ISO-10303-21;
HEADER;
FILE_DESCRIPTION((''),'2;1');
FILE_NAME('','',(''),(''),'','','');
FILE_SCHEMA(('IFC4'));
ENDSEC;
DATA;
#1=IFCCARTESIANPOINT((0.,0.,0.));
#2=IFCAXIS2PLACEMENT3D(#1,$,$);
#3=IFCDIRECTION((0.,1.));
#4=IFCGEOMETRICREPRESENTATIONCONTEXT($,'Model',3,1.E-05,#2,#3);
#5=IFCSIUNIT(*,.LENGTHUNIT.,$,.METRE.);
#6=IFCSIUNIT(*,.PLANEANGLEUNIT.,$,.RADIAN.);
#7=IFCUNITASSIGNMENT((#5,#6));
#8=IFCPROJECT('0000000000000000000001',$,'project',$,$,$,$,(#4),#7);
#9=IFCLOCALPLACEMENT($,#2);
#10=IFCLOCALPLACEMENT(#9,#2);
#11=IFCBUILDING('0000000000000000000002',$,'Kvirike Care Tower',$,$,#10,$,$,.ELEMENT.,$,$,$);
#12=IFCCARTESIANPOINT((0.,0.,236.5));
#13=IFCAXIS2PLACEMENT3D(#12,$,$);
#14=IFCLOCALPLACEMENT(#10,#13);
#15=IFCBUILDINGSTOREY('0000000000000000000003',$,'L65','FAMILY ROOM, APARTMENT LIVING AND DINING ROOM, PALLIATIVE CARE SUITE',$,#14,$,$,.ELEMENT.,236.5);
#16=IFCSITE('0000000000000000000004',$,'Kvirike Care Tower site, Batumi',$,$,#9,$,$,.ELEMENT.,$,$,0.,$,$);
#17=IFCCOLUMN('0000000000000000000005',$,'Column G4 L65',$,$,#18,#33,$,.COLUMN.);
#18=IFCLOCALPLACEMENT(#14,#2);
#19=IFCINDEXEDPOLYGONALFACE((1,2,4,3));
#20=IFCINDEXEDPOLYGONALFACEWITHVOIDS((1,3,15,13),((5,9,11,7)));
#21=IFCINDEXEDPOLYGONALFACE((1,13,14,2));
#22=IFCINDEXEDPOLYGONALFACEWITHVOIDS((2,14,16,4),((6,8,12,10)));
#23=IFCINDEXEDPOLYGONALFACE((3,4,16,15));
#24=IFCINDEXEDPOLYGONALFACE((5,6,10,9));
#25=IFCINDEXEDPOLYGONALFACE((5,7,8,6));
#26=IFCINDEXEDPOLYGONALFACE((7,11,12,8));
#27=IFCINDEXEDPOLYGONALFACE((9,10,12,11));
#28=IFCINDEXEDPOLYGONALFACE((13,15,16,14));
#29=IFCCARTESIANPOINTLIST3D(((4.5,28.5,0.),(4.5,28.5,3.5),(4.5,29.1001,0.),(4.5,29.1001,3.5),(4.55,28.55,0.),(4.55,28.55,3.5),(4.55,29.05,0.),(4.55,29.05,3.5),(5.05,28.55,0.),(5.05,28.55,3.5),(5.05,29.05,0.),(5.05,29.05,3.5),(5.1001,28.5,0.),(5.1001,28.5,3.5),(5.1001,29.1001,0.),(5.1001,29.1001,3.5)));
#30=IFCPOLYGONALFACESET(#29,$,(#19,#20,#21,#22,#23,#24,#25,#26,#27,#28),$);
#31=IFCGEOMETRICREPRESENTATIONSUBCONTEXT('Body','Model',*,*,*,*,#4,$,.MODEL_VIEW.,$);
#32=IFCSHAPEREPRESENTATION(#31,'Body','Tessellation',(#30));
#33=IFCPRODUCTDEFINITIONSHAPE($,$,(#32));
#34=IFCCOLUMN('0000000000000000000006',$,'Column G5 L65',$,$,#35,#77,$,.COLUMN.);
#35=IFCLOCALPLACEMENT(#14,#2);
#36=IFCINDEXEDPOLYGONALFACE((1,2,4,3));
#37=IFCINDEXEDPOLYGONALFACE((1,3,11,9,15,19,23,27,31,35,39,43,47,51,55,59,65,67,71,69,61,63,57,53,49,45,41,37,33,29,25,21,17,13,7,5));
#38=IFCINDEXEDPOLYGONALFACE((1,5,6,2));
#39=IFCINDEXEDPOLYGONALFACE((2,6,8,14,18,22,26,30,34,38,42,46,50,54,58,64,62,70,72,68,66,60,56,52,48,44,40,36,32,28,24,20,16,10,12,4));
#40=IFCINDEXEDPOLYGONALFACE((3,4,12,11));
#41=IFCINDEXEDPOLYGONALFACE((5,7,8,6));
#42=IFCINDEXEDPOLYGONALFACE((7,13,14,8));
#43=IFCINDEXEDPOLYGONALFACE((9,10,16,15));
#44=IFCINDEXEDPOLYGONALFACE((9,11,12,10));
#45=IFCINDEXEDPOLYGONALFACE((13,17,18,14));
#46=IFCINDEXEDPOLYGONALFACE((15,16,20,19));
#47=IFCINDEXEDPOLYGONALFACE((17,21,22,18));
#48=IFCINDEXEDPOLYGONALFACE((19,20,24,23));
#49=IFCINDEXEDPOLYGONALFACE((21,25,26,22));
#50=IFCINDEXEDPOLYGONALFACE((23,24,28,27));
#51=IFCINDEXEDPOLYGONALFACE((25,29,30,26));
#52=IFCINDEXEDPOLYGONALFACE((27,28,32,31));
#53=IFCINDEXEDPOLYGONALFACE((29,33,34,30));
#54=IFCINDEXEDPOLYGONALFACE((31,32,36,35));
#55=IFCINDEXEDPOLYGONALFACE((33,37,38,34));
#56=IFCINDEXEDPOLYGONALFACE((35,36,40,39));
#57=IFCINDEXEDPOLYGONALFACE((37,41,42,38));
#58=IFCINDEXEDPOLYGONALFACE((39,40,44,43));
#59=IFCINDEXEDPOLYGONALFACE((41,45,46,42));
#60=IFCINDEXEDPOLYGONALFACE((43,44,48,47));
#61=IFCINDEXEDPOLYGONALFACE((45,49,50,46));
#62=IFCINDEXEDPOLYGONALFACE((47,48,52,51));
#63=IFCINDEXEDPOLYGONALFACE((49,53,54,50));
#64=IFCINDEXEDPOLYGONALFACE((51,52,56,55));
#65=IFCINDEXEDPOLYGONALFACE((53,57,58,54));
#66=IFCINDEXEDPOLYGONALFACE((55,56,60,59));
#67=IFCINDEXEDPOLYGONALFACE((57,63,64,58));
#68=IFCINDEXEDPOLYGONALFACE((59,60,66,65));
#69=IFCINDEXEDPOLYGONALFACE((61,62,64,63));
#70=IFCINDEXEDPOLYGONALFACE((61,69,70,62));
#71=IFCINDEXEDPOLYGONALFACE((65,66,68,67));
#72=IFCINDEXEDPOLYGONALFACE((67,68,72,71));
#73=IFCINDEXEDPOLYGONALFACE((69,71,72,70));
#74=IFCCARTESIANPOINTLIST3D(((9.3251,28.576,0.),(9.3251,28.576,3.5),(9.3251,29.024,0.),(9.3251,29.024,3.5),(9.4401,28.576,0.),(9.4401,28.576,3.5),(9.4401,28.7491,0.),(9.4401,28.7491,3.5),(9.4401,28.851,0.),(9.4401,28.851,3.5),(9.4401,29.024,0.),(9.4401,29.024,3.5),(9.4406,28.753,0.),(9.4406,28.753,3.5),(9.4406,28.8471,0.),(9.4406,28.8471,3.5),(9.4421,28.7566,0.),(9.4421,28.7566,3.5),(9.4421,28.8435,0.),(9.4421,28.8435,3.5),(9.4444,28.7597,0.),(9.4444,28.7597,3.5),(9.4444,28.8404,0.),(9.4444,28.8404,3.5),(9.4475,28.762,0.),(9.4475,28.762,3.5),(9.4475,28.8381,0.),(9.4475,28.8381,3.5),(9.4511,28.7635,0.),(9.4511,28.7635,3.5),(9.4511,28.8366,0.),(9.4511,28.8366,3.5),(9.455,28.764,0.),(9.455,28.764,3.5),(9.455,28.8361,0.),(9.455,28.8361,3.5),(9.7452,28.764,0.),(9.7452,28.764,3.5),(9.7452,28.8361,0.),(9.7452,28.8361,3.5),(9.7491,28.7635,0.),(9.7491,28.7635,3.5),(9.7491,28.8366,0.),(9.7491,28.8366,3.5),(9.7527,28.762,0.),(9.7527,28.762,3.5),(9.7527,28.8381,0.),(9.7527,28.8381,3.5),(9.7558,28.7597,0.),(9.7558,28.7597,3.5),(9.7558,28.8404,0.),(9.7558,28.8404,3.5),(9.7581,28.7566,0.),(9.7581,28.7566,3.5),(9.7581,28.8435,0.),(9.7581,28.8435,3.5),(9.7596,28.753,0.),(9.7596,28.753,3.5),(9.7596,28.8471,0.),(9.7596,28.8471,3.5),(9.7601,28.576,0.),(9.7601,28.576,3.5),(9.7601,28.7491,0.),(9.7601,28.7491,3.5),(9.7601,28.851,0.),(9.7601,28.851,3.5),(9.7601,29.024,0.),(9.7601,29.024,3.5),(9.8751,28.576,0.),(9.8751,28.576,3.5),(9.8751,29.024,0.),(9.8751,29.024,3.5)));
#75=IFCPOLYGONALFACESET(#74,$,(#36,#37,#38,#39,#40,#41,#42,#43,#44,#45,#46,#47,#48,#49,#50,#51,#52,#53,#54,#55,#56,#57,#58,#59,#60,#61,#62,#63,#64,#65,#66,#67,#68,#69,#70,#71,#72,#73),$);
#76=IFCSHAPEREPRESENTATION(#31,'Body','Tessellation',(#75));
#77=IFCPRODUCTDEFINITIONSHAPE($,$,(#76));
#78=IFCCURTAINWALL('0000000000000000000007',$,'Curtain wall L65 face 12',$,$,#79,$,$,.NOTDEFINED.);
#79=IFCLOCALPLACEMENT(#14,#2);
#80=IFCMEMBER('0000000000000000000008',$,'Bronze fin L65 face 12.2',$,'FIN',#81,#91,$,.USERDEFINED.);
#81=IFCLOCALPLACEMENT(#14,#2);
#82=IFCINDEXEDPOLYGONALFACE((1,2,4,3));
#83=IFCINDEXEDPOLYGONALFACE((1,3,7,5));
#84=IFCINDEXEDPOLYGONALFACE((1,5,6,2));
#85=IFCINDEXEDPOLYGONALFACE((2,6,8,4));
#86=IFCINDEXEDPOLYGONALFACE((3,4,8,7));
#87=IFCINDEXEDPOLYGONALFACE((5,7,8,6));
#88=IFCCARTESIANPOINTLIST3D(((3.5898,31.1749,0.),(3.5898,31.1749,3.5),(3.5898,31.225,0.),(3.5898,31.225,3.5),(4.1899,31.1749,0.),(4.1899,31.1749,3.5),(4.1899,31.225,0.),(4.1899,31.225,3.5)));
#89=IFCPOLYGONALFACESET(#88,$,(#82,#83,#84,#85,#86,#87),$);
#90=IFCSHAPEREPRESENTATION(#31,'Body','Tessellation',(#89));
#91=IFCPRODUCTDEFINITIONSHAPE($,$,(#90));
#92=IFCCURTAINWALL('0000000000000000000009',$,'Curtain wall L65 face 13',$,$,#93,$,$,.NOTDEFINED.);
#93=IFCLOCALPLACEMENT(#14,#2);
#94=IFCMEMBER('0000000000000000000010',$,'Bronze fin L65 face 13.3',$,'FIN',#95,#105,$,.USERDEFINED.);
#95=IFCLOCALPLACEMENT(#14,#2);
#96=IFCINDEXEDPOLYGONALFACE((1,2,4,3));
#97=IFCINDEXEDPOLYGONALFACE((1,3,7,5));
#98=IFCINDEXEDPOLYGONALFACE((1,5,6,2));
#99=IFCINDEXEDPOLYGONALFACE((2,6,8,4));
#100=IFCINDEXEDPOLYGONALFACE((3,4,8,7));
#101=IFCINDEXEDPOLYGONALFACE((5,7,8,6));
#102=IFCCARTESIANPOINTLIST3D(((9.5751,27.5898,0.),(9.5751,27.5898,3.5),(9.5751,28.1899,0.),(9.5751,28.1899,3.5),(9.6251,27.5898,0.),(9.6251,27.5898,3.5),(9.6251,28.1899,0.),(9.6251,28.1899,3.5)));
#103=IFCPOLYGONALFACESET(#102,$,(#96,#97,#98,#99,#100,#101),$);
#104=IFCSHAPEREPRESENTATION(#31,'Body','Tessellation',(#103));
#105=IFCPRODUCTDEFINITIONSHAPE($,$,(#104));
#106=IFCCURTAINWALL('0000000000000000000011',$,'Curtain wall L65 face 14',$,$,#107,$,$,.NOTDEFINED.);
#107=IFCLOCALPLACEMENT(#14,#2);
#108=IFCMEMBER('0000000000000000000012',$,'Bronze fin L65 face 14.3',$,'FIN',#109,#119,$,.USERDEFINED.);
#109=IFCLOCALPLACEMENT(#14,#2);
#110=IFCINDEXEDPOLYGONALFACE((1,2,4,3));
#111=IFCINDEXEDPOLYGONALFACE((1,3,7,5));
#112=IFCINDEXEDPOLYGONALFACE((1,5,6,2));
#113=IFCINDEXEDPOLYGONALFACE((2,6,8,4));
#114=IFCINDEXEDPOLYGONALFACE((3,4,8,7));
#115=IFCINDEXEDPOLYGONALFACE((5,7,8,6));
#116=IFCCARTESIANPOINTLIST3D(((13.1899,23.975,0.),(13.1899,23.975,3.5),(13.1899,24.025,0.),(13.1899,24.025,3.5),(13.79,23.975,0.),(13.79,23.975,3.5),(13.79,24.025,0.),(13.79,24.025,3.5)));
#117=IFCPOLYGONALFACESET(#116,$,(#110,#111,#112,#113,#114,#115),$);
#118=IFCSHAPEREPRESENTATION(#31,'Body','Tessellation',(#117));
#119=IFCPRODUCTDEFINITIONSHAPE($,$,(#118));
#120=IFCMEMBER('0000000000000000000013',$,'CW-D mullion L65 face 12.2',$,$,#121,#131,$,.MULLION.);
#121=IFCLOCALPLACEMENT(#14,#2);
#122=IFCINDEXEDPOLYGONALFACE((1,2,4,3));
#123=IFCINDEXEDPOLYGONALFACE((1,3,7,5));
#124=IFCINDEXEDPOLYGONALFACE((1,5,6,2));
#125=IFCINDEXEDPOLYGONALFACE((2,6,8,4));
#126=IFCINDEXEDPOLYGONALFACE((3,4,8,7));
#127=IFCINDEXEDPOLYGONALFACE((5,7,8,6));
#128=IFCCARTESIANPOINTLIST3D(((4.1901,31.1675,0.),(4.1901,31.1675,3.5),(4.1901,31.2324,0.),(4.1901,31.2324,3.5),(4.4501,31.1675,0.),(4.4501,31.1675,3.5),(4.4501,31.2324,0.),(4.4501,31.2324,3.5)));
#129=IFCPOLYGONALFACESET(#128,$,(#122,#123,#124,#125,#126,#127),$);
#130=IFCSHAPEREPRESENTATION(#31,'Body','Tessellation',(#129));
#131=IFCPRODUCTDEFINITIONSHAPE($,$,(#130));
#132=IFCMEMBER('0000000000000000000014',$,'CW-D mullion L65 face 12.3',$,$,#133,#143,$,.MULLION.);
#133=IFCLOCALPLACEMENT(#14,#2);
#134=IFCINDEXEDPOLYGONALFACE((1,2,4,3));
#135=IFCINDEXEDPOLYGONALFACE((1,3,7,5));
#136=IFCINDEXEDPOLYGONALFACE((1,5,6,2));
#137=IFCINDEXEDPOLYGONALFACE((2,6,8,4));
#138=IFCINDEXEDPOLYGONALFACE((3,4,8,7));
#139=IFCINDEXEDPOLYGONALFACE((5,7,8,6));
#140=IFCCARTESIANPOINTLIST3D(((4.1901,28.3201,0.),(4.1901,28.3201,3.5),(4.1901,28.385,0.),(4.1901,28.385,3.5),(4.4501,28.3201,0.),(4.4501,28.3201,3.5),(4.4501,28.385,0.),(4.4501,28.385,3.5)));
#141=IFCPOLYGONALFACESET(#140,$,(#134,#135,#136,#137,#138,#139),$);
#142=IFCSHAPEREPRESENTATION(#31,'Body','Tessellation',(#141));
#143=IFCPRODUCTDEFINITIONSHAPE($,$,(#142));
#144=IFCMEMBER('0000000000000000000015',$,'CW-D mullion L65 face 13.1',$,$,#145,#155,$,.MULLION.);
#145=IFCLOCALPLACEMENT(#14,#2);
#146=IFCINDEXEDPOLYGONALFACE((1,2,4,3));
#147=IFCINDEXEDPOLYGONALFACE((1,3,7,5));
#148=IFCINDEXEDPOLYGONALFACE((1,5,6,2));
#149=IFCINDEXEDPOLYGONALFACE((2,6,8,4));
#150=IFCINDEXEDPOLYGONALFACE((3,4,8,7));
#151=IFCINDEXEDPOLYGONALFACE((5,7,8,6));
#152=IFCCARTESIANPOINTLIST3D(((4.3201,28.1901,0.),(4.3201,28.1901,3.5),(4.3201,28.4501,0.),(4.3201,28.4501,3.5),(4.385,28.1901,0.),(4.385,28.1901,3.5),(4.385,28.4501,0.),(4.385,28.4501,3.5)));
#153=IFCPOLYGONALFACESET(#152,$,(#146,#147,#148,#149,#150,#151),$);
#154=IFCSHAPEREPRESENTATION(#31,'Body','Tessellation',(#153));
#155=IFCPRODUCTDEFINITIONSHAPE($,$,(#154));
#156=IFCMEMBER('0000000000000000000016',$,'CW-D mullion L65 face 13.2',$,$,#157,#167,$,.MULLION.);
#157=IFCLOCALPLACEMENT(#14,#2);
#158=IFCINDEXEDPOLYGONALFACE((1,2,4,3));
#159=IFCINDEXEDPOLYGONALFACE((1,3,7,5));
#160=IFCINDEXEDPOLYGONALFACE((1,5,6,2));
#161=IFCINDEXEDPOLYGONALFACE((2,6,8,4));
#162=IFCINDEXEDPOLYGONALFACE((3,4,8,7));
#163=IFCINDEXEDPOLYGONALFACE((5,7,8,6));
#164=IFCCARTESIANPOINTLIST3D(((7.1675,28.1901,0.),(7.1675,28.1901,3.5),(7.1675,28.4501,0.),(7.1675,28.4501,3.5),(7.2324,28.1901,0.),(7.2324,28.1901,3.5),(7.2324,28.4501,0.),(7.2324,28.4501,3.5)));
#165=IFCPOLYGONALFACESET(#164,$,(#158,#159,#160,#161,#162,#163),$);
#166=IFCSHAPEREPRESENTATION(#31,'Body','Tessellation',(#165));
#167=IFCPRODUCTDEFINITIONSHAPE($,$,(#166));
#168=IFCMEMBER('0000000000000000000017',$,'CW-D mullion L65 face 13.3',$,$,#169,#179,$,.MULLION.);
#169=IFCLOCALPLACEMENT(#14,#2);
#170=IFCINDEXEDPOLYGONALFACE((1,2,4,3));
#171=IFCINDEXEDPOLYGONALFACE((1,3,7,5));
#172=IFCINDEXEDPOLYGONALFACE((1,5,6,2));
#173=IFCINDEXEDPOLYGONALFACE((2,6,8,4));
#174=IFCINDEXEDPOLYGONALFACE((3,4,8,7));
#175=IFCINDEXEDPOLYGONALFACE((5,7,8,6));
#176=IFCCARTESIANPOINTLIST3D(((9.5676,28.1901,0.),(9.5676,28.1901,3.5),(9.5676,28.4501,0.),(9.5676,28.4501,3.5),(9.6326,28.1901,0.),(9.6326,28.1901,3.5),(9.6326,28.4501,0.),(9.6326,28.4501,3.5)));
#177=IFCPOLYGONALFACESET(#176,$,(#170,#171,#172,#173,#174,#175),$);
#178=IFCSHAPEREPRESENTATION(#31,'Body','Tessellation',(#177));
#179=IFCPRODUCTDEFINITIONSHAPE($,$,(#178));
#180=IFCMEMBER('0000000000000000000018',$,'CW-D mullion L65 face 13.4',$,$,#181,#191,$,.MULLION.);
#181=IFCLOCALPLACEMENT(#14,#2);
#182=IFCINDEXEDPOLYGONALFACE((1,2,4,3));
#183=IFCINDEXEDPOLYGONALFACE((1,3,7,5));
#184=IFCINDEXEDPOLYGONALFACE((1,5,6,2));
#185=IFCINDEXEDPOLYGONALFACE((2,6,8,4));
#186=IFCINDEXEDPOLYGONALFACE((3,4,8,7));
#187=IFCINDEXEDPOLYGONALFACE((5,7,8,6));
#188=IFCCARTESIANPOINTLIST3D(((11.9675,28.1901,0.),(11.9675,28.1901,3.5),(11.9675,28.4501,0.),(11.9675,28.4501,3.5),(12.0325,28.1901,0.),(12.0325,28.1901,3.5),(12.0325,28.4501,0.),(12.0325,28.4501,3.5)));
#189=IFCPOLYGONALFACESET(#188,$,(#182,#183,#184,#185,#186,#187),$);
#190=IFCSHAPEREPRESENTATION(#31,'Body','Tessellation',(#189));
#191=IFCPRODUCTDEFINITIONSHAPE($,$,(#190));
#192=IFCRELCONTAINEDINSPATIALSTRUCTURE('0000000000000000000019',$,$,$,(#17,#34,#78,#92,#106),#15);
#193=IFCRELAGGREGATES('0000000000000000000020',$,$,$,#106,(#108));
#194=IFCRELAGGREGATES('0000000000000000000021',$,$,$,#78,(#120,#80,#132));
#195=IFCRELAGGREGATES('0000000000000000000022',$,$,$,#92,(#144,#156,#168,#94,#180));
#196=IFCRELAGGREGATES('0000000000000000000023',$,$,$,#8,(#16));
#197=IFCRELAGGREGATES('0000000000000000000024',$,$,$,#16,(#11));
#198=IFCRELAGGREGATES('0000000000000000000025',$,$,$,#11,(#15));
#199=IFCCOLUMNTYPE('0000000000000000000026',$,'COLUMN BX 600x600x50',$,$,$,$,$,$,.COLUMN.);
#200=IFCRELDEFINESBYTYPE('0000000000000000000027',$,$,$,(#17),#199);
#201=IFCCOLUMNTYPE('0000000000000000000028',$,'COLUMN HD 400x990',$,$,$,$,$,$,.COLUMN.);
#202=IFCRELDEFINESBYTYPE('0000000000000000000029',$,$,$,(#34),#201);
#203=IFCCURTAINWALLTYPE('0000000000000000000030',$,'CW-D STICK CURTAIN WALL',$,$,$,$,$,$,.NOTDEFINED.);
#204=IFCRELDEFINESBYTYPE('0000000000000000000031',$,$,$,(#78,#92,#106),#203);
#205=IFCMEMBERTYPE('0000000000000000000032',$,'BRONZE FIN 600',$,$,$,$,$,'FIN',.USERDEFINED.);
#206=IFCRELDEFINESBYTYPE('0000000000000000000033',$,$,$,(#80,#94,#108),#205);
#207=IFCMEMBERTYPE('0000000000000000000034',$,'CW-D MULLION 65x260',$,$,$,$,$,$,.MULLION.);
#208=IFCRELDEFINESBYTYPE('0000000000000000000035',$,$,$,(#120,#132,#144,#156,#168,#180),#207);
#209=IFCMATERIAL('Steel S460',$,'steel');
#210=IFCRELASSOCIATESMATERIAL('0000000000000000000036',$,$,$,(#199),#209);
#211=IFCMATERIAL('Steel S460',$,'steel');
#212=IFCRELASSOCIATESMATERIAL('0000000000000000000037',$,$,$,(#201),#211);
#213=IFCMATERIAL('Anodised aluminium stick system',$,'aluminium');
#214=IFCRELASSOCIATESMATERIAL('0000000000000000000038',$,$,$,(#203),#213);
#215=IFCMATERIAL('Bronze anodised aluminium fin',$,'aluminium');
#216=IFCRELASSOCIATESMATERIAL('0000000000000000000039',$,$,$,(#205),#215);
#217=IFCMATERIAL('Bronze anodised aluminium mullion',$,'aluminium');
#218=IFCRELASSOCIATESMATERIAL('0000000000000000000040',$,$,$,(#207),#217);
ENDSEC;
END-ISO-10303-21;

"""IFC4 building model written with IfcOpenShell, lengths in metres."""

from ifc_helpers import new_model, si_unit, direction, frame, origin, origin_2d, place, context, subcontext, project, spatial, rectangle, hollow_rectangle, i_section, extrude, material, material_profile, profile_set, type_object, element, aggregate, save


model = new_model("IFC4")

# Units and contexts
model_context = context("Model", 3, precision=1e-05, world=origin(), true_north=direction((0.0, 1.0)))
body_context = subcontext(model_context, "Body", "Model", "MODEL_VIEW")
ifc_project = project(units=[si_unit("LENGTHUNIT", "METRE"), si_unit("PLANEANGLEUNIT", "RADIAN")], contexts=[model_context])

# Site, building, storey
site_placement = place(None, origin())
site = spatial("IfcSite", under=ifc_project, at=site_placement, Name="Kvirike Care Tower site, Batumi", CompositionType="ELEMENT", RefElevation=0.0)
building_placement = place(site_placement, origin())
building = spatial("IfcBuilding", under=site, at=building_placement, Name="Kvirike Care Tower", CompositionType="ELEMENT")
storey_placement = place(building_placement, frame((0.0, 0.0, 236.5)))
storey = spatial("IfcBuildingStorey", under=building, at=storey_placement, Name="L65", Description="FAMILY ROOM, APARTMENT LIVING AND DINING ROOM, PALLIATIVE CARE SUITE", CompositionType="ELEMENT", Elevation=236.5)

# Columns
ifc_material_1 = material(Name="Steel S460", Category="steel")
ifc_material_profile_1 = material_profile(ifc_material_1, hollow_rectangle(XDim=0.6001, YDim=0.6001, WallThickness=0.05, at=origin_2d()), Name="BX 600x600x50")
ifc_profile_set_1 = profile_set([ifc_material_profile_1], Name="Steel S460")
column_type_1 = type_object("IfcColumnType", Name="COLUMN BX 600x600x50", PredefinedType="COLUMN", material=ifc_profile_set_1)
column_1_placement = place(storey_placement, frame((4.8, 28.8, 0.0), z_axis=(0.0, 0.0, 1.0), x_axis=(0.0, 1.0, 0.0)))
element("IfcColumn", 1, at=column_1_placement, inside=storey, type_object=column_type_1, Name="Column G4 L65", PredefinedType="COLUMN", context=body_context, shape_type="SweptSolid", body=[
    extrude(hollow_rectangle(XDim=0.6001, YDim=0.6001, WallThickness=0.05, at=origin_2d()), origin(), (0.0, 0.0, 1.0), 3.5),
])
ifc_material_2 = material(Name="Steel S460", Category="steel")
ifc_material_profile_2 = material_profile(ifc_material_2, i_section(OverallWidth=0.448, OverallDepth=0.55, WebThickness=0.072, FlangeThickness=0.115, FilletRadius=0.0149, at=origin_2d()), Name="HD 400x990")
ifc_profile_set_2 = profile_set([ifc_material_profile_2], Name="Steel S460")
column_type_2 = type_object("IfcColumnType", Name="COLUMN HD 400x990", PredefinedType="COLUMN", material=ifc_profile_set_2)
column_2_placement = place(storey_placement, frame((9.6001, 28.8, 0.0), z_axis=(0.0, 0.0, 1.0), x_axis=(0.0, 1.0, 0.0)))
element("IfcColumn", 2, at=column_2_placement, inside=storey, type_object=column_type_2, Name="Column G5 L65", PredefinedType="COLUMN", context=body_context, shape_type="SweptSolid", body=[
    extrude(i_section(OverallWidth=0.448, OverallDepth=0.55, WebThickness=0.072, FlangeThickness=0.115, FilletRadius=0.0149, at=origin_2d()), origin(), (0.0, 0.0, 1.0), 3.5),
])

# Curtain walls, members
ifc_material_3 = material(Name="Anodised aluminium stick system", Category="aluminium")
curtain_wall_type = type_object("IfcCurtainWallType", Name="CW-D STICK CURTAIN WALL", PredefinedType="NOTDEFINED", material=ifc_material_3)
curtain_wall_1_placement = place(storey_placement, origin())
curtain_wall_1 = element("IfcCurtainWall", 3, at=curtain_wall_1_placement, inside=storey, type_object=curtain_wall_type, Name="Curtain wall L65 face 12", PredefinedType="NOTDEFINED")
ifc_material_4 = material(Name="Bronze anodised aluminium fin", Category="aluminium")
ifc_material_profile_3 = material_profile(ifc_material_4, rectangle(XDim=0.05, YDim=0.6001, at=origin_2d()), Name="BRONZE FIN 600")
ifc_profile_set_3 = profile_set([ifc_material_profile_3], Name="Bronze anodised aluminium fin")
member_type_1 = type_object("IfcMemberType", Name="BRONZE FIN 600", ElementType="FIN", PredefinedType="USERDEFINED", material=ifc_profile_set_3)
member_1_placement = place(storey_placement, frame((3.8899, 31.2, 0.0), z_axis=(0.0, 0.0, 1.0), x_axis=(0.0, -1.0, 0.0)))
member_1 = element("IfcMember", 4, at=member_1_placement, type_object=member_type_1, Name="Bronze fin L65 face 12.2", ObjectType="FIN", PredefinedType="USERDEFINED", context=body_context, shape_type="SweptSolid", body=[
    extrude(rectangle(XDim=0.05, YDim=0.6001, at=origin_2d()), origin(), (0.0, 0.0, 1.0), 3.5),
])
curtain_wall_2_placement = place(storey_placement, origin())
curtain_wall_2 = element("IfcCurtainWall", 5, at=curtain_wall_2_placement, inside=storey, type_object=curtain_wall_type, Name="Curtain wall L65 face 13", PredefinedType="NOTDEFINED")
member_2_placement = place(storey_placement, frame((9.6001, 27.8899, 0.0), z_axis=(0.0, 0.0, 1.0), x_axis=(1.0, 0.0, 0.0)))
member_2 = element("IfcMember", 6, at=member_2_placement, type_object=member_type_1, Name="Bronze fin L65 face 13.3", ObjectType="FIN", PredefinedType="USERDEFINED", context=body_context, shape_type="SweptSolid", body=[
    extrude(rectangle(XDim=0.05, YDim=0.6001, at=origin_2d()), origin(), (0.0, 0.0, 1.0), 3.5),
])
curtain_wall_3_placement = place(storey_placement, origin())
curtain_wall_3 = element("IfcCurtainWall", 7, at=curtain_wall_3_placement, inside=storey, type_object=curtain_wall_type, Name="Curtain wall L65 face 14", PredefinedType="NOTDEFINED")
member_3_placement = place(storey_placement, frame((13.49, 24.0, 0.0), z_axis=(0.0, 0.0, 1.0), x_axis=(0.0, -1.0, 0.0)))
member_3 = element("IfcMember", 8, at=member_3_placement, type_object=member_type_1, Name="Bronze fin L65 face 14.3", ObjectType="FIN", PredefinedType="USERDEFINED", context=body_context, shape_type="SweptSolid", body=[
    extrude(rectangle(XDim=0.05, YDim=0.6001, at=origin_2d()), origin(), (0.0, 0.0, 1.0), 3.5),
])
aggregate(curtain_wall_3, [member_3])

# Members
ifc_material_5 = material(Name="Bronze anodised aluminium mullion", Category="aluminium")
ifc_material_profile_4 = material_profile(ifc_material_5, rectangle(XDim=0.0649, YDim=0.26, at=origin_2d()), Name="CW-D MULLION 65x260")
ifc_profile_set_4 = profile_set([ifc_material_profile_4], Name="Bronze anodised aluminium mullion")
member_type_2 = type_object("IfcMemberType", Name="CW-D MULLION 65x260", PredefinedType="MULLION", material=ifc_profile_set_4)
member_4_placement = place(storey_placement, frame((4.3201, 31.2, 0.0), z_axis=(0.0, 0.0, 1.0), x_axis=(0.0, -1.0, 0.0)))
member_4 = element("IfcMember", 9, at=member_4_placement, type_object=member_type_2, Name="CW-D mullion L65 face 12.2", PredefinedType="MULLION", context=body_context, shape_type="SweptSolid", body=[
    extrude(rectangle(XDim=0.0649, YDim=0.26, at=origin_2d()), origin(), (0.0, 0.0, 1.0), 3.5),
])
member_5_placement = place(storey_placement, frame((4.3201, 28.3525, 0.0), z_axis=(0.0, 0.0, 1.0), x_axis=(0.0, -1.0, 0.0)))
member_5 = element("IfcMember", 10, at=member_5_placement, type_object=member_type_2, Name="CW-D mullion L65 face 12.3", PredefinedType="MULLION", context=body_context, shape_type="SweptSolid", body=[
    extrude(rectangle(XDim=0.0649, YDim=0.26, at=origin_2d()), origin(), (0.0, 0.0, 1.0), 3.5),
])
member_6_placement = place(storey_placement, frame((4.3525, 28.3201, 0.0), z_axis=(0.0, 0.0, 1.0), x_axis=(1.0, 0.0, 0.0)))
member_6 = element("IfcMember", 11, at=member_6_placement, type_object=member_type_2, Name="CW-D mullion L65 face 13.1", PredefinedType="MULLION", context=body_context, shape_type="SweptSolid", body=[
    extrude(rectangle(XDim=0.0649, YDim=0.26, at=origin_2d()), origin(), (0.0, 0.0, 1.0), 3.5),
])
member_7_placement = place(storey_placement, frame((7.2, 28.3201, 0.0), z_axis=(0.0, 0.0, 1.0), x_axis=(1.0, 0.0, 0.0)))
member_7 = element("IfcMember", 12, at=member_7_placement, type_object=member_type_2, Name="CW-D mullion L65 face 13.2", PredefinedType="MULLION", context=body_context, shape_type="SweptSolid", body=[
    extrude(rectangle(XDim=0.0649, YDim=0.26, at=origin_2d()), origin(), (0.0, 0.0, 1.0), 3.5),
])
member_8_placement = place(storey_placement, frame((9.6001, 28.3201, 0.0), z_axis=(0.0, 0.0, 1.0), x_axis=(1.0, 0.0, 0.0)))
member_8 = element("IfcMember", 13, at=member_8_placement, type_object=member_type_2, Name="CW-D mullion L65 face 13.3", PredefinedType="MULLION", context=body_context, shape_type="SweptSolid", body=[
    extrude(rectangle(XDim=0.0649, YDim=0.26, at=origin_2d()), origin(), (0.0, 0.0, 1.0), 3.5),
])
member_9_placement = place(storey_placement, frame((12.0, 28.3201, 0.0), z_axis=(0.0, 0.0, 1.0), x_axis=(1.0, 0.0, 0.0)))
member_9 = element("IfcMember", 14, at=member_9_placement, type_object=member_type_2, Name="CW-D mullion L65 face 13.4", PredefinedType="MULLION", context=body_context, shape_type="SweptSolid", body=[
    extrude(rectangle(XDim=0.0649, YDim=0.26, at=origin_2d()), origin(), (0.0, 0.0, 1.0), 3.5),
])

aggregate(curtain_wall_1, [member_4, member_1, member_5])
aggregate(curtain_wall_2, [member_6, member_7, member_8, member_2, member_9])

save(model, "model.ifc")
